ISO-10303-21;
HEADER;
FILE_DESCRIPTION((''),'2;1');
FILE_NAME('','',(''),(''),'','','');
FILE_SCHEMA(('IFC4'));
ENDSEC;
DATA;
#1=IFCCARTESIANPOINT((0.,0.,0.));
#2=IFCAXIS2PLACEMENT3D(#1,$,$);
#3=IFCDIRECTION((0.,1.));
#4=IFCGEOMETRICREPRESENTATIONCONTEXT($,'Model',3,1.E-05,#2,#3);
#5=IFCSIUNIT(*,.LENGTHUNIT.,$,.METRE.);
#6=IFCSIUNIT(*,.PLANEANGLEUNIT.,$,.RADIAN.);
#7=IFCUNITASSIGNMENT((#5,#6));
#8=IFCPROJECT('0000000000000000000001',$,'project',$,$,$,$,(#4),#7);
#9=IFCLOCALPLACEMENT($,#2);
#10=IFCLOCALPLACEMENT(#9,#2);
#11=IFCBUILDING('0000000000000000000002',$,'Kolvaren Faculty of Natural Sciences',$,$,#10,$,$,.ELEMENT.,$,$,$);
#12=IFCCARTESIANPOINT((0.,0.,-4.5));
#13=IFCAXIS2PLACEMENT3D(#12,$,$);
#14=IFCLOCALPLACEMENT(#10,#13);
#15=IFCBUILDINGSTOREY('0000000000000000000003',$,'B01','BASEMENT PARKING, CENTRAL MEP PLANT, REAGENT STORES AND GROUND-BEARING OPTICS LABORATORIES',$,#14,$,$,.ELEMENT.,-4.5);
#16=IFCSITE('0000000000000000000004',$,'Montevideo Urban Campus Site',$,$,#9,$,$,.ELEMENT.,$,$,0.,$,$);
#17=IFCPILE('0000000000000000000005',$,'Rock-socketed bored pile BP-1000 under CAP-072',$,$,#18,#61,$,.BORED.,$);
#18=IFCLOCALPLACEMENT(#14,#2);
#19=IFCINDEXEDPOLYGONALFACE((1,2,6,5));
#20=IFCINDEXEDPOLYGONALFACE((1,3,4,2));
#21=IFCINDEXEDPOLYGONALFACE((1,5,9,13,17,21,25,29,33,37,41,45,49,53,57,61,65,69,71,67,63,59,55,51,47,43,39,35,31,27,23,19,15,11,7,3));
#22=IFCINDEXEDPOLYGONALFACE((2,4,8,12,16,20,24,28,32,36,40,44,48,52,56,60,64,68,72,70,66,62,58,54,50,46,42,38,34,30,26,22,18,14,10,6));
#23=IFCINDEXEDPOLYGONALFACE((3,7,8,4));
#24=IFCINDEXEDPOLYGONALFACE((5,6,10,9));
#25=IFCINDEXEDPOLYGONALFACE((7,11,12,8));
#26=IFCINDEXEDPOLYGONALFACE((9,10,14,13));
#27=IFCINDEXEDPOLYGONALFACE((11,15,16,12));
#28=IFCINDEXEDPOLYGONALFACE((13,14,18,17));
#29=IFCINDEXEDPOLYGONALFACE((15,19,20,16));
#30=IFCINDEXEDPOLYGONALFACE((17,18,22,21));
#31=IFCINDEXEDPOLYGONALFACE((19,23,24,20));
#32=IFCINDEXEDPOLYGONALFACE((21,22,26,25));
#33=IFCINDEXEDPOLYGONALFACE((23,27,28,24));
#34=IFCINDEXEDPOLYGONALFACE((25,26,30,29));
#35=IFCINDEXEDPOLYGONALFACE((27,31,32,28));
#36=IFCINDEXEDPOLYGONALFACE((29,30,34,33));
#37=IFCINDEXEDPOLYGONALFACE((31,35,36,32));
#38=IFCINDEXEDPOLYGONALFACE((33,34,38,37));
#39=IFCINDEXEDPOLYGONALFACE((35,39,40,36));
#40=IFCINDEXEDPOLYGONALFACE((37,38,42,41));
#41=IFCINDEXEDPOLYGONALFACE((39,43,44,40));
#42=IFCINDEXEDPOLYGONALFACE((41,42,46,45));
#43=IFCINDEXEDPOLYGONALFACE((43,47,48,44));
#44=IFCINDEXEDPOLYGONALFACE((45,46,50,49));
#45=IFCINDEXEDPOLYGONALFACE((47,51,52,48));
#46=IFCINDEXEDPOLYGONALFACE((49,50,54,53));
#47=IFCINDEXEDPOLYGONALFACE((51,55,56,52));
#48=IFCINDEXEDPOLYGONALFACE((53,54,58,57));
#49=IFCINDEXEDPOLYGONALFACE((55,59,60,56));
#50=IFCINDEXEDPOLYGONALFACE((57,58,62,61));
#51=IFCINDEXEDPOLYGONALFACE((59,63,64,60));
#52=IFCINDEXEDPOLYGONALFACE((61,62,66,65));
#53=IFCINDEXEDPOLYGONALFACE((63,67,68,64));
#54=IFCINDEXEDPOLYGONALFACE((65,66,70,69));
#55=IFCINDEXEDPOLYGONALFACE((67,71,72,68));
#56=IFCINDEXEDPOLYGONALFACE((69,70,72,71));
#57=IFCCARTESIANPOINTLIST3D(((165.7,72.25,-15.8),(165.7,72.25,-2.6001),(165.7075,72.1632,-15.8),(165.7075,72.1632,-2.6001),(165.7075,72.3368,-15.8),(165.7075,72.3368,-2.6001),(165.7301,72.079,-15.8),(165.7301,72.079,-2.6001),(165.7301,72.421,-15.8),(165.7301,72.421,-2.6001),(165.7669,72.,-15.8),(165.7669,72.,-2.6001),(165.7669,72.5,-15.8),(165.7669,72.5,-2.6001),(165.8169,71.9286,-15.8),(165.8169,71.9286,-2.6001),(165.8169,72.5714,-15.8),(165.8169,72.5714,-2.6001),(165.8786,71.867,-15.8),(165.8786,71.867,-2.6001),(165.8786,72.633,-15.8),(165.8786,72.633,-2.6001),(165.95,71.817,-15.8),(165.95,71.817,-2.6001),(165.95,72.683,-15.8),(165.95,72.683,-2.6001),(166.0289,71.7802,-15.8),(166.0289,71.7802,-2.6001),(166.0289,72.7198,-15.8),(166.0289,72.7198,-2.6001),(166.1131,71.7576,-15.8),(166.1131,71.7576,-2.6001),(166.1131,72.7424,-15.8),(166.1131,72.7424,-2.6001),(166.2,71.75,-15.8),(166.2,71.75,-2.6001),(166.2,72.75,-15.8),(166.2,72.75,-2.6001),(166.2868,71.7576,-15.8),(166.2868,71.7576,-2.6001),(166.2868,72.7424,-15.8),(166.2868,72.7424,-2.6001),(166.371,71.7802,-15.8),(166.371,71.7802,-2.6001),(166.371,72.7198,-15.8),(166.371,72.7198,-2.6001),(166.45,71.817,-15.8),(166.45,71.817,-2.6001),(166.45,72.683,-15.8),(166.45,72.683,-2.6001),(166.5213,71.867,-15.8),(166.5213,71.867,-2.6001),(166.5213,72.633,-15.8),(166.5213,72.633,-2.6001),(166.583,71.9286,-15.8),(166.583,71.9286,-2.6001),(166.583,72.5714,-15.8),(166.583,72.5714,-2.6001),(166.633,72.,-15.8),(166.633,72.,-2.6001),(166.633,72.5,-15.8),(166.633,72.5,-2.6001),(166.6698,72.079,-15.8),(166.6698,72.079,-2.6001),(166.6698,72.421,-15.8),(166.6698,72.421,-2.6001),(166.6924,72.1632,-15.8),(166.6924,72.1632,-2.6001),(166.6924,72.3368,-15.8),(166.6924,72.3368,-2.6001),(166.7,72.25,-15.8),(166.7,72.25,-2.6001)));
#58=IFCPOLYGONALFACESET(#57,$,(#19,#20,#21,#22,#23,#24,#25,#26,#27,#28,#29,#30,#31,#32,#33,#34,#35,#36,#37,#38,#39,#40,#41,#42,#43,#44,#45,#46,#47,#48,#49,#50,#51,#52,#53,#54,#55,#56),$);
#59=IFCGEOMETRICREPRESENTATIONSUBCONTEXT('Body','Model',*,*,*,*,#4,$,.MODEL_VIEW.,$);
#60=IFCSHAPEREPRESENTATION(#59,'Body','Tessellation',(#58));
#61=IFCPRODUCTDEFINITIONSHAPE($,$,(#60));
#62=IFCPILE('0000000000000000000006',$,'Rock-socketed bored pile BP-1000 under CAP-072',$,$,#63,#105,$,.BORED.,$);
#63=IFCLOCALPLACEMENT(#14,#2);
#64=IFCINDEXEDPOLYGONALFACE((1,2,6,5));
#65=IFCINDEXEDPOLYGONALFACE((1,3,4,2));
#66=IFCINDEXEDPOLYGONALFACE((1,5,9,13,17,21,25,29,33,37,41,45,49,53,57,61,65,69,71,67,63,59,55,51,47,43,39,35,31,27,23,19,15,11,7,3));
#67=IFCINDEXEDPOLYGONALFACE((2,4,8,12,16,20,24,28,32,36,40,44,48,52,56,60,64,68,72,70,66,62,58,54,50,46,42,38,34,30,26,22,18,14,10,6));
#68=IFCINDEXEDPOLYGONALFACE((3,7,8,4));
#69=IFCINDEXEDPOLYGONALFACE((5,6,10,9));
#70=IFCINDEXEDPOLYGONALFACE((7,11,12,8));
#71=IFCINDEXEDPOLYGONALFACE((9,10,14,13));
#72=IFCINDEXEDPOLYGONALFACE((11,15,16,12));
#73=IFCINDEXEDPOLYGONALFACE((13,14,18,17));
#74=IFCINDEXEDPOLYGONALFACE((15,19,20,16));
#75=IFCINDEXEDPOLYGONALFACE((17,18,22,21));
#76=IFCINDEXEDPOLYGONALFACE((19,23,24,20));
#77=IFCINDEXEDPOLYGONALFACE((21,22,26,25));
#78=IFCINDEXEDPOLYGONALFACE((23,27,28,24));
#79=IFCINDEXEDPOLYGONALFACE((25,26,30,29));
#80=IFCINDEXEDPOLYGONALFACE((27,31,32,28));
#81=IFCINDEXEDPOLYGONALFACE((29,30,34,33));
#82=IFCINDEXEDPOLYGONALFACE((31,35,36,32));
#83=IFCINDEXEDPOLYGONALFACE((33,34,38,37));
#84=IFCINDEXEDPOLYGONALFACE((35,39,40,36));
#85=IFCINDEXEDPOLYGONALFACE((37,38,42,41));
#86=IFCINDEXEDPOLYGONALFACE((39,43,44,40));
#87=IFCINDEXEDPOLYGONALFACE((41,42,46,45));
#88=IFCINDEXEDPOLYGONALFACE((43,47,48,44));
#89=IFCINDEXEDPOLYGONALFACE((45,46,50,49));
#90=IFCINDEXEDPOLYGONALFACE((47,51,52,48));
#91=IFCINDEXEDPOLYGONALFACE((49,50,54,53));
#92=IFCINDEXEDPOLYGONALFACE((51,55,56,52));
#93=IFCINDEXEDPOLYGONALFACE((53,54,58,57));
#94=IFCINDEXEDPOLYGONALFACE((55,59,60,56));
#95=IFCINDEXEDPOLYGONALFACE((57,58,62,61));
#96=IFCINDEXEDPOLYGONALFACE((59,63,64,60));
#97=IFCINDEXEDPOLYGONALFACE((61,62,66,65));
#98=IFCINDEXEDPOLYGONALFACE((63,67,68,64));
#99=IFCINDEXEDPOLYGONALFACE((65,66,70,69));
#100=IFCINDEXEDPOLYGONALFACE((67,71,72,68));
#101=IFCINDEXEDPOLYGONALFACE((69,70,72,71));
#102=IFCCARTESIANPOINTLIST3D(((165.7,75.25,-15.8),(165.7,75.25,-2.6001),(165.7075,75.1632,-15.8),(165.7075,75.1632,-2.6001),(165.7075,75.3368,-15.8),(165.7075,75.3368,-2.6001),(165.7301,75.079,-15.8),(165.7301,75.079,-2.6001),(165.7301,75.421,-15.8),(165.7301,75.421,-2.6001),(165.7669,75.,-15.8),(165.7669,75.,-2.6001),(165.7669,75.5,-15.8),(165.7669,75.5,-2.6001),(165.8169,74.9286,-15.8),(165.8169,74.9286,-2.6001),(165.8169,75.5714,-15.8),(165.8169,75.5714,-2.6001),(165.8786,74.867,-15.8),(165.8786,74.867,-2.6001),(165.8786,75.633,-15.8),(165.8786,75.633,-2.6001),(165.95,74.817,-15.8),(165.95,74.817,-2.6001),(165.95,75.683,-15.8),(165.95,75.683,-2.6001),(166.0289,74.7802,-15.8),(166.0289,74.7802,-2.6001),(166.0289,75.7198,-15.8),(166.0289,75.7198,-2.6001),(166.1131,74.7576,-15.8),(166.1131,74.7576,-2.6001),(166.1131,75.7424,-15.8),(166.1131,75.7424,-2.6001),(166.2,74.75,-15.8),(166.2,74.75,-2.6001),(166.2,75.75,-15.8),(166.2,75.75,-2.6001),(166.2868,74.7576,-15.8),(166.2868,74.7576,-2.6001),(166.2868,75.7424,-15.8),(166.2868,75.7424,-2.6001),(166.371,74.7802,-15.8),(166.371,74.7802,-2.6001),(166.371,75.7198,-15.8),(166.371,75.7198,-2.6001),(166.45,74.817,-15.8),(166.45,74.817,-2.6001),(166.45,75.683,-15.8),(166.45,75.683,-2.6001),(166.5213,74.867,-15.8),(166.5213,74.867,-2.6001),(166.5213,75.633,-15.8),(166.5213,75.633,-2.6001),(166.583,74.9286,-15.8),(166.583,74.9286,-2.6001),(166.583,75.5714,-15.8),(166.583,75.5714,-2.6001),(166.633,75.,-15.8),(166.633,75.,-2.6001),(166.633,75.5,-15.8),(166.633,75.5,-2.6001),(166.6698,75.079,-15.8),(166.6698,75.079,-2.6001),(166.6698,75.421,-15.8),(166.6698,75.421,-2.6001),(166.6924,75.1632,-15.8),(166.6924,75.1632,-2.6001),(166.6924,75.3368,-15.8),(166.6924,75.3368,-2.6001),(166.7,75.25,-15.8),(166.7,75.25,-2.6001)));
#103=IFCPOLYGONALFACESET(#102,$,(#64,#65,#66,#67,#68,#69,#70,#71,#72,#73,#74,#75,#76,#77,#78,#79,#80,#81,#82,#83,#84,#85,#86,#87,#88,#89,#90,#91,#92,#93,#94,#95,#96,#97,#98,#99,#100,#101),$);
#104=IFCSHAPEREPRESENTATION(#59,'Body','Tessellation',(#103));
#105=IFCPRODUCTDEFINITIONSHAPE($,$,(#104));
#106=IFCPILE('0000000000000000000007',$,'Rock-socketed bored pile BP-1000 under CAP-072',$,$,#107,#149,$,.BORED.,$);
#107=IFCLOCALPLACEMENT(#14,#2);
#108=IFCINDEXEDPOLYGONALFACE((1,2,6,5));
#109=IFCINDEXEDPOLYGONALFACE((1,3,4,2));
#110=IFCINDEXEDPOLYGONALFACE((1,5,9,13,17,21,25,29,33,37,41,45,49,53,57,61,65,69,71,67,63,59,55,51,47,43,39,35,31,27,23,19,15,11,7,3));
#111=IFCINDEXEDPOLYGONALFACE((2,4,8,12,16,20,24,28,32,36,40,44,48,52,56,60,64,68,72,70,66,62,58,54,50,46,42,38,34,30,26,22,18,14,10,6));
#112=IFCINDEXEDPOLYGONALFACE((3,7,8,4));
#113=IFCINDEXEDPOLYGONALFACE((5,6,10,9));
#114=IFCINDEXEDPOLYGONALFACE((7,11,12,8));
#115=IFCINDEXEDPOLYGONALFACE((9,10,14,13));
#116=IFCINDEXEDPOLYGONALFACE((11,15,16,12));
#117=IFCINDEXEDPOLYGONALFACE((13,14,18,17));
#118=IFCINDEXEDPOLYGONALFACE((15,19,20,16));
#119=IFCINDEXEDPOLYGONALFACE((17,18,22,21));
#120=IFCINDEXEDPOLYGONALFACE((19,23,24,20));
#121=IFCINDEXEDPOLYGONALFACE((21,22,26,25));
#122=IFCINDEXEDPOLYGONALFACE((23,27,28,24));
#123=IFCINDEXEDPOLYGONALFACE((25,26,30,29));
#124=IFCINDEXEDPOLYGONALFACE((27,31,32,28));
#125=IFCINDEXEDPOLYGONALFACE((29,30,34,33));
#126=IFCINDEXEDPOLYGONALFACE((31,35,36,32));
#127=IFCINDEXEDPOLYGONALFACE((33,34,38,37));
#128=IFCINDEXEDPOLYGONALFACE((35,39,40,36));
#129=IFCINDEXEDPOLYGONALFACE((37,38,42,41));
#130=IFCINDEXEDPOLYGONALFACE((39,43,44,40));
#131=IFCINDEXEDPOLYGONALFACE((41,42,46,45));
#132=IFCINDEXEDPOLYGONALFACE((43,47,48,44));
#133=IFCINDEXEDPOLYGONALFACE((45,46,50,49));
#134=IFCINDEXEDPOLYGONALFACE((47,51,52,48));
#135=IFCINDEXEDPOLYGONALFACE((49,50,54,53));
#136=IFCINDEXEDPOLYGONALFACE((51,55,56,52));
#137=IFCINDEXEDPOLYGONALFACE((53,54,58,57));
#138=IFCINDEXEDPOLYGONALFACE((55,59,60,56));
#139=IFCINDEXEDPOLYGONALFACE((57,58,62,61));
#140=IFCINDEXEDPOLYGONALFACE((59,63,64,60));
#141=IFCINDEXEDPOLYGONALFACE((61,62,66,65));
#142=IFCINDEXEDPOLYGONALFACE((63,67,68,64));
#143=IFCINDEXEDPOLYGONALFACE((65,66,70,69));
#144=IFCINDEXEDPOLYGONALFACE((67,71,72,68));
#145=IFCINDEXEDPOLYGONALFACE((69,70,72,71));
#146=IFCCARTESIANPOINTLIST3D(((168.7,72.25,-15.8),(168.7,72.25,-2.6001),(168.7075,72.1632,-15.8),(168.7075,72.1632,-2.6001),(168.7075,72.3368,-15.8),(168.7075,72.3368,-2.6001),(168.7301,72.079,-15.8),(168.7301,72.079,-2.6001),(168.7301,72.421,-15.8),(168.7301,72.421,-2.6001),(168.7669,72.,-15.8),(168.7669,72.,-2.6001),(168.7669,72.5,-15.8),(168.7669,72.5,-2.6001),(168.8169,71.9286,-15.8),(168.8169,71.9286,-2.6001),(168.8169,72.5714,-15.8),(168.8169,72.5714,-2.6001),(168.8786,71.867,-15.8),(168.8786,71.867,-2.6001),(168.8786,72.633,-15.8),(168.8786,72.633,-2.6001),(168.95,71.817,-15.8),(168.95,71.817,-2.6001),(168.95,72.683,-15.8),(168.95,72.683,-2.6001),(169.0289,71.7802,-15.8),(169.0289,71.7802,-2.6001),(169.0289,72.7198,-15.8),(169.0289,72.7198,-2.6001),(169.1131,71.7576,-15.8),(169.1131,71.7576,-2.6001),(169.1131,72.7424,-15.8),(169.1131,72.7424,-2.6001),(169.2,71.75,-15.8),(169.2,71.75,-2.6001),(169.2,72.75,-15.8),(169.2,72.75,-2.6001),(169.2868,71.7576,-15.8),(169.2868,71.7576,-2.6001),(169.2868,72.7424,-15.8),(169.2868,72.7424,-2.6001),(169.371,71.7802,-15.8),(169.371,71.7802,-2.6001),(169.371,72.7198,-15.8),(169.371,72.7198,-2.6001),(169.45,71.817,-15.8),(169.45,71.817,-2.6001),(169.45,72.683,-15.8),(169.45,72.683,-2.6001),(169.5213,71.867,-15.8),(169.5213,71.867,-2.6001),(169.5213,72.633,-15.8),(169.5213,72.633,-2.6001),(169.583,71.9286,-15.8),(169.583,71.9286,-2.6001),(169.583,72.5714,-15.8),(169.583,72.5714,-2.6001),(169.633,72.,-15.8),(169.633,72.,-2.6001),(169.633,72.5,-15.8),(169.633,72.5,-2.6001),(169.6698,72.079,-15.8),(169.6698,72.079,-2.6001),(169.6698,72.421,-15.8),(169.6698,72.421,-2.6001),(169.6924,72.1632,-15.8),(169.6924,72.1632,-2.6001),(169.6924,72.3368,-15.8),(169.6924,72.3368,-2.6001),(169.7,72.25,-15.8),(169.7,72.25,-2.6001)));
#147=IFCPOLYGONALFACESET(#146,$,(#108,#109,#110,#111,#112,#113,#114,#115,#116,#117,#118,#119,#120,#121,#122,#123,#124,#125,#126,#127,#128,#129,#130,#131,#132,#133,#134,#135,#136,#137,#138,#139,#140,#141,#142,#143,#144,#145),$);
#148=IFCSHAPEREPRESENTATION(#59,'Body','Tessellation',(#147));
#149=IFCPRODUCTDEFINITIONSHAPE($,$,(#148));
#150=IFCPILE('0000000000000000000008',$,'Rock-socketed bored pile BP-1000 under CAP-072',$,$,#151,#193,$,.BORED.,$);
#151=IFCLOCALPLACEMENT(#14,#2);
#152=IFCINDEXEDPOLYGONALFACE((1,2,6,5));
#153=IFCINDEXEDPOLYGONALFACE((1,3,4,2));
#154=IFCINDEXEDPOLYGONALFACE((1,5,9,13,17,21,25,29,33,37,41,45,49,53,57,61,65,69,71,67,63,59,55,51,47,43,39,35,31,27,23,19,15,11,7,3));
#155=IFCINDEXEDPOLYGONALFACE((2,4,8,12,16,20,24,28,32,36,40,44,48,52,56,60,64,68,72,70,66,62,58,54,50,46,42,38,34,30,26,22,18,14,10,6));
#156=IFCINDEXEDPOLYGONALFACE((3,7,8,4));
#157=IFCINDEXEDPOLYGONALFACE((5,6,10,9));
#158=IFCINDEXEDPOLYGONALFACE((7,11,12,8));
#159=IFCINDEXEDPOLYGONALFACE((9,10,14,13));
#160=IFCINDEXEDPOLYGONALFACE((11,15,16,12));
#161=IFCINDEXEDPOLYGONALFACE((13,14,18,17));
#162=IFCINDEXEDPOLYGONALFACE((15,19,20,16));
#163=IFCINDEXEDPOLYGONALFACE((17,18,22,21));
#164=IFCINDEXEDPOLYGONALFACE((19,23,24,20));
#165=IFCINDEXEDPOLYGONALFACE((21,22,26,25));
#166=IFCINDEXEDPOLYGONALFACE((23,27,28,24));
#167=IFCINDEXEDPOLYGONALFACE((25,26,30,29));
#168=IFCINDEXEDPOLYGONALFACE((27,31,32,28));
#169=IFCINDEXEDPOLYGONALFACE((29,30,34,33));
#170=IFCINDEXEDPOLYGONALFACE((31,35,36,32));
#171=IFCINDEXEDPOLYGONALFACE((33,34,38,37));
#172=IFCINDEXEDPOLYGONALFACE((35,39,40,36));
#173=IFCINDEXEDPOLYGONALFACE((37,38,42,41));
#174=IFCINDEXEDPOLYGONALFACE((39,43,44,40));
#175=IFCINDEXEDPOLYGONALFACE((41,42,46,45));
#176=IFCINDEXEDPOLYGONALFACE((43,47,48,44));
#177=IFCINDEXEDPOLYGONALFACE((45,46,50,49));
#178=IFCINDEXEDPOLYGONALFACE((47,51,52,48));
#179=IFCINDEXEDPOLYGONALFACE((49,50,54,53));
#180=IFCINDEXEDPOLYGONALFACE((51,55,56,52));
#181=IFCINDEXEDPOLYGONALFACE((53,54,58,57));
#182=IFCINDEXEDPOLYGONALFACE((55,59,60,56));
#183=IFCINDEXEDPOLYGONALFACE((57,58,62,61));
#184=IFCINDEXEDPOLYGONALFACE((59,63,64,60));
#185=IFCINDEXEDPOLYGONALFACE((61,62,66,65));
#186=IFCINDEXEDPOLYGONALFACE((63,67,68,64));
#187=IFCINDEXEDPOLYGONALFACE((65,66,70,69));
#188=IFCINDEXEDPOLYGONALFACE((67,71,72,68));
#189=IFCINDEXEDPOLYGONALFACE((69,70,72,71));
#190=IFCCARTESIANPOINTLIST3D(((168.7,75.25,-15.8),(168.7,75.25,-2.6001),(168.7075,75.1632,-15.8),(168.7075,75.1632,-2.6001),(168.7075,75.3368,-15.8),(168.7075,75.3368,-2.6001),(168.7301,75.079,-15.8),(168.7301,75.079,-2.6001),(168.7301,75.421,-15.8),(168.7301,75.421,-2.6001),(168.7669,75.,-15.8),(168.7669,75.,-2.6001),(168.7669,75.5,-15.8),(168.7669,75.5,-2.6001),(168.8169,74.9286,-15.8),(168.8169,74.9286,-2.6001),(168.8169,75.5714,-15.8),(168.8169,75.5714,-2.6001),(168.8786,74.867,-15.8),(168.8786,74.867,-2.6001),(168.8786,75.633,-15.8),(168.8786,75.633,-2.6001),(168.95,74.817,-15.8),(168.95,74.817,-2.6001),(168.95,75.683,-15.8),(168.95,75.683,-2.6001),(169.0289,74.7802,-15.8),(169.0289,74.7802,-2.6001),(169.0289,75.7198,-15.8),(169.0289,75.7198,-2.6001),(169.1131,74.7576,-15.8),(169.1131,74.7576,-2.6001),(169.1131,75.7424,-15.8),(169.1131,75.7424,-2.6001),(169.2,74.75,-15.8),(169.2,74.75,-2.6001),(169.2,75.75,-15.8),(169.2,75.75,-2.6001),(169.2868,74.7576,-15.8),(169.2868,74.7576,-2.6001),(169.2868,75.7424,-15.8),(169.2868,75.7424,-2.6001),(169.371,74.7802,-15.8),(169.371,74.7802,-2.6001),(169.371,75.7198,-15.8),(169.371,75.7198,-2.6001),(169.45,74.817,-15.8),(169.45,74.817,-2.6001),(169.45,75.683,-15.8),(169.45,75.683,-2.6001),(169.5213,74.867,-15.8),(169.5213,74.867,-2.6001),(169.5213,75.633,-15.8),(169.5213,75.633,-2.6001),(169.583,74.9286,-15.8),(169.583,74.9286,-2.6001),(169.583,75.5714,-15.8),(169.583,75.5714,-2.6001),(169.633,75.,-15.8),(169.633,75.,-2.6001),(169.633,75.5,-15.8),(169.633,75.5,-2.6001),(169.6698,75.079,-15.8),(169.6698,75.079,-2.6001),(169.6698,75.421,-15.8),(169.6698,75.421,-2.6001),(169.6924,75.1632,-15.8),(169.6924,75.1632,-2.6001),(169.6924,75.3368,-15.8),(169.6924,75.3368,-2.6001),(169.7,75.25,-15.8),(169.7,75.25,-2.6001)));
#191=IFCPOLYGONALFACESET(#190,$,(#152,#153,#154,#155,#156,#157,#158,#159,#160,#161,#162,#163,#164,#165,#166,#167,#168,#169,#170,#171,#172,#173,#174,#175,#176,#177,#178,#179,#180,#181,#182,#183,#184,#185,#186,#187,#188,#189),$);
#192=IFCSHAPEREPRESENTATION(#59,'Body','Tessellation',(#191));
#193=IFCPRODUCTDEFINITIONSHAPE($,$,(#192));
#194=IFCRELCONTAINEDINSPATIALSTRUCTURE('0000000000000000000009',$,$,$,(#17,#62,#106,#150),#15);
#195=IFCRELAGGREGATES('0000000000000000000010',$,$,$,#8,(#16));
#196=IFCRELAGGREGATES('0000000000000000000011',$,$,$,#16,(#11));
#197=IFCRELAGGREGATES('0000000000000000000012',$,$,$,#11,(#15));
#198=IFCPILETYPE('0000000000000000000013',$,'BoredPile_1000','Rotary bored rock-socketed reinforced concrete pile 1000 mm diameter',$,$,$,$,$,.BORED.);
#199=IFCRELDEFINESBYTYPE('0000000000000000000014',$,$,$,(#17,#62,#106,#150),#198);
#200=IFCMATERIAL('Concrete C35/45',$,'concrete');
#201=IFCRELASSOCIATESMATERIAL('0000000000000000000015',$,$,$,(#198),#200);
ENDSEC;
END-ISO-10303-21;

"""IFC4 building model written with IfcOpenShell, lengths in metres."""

from ifc_helpers import new_model, si_unit, direction, frame, origin, origin_2d, place, context, subcontext, project, spatial, circle, extrude, material, material_profile, profile_set, type_object, element, save


model = new_model("IFC4")

# Units and contexts
model_context = context("Model", 3, precision=1e-05, world=origin(), true_north=direction((0.0, 1.0)))
body_context = subcontext(model_context, "Body", "Model", "MODEL_VIEW")
ifc_project = project(units=[si_unit("LENGTHUNIT", "METRE"), si_unit("PLANEANGLEUNIT", "RADIAN")], contexts=[model_context])

# Site, building, storey
site_placement = place(None, origin())
site = spatial("IfcSite", under=ifc_project, at=site_placement, Name="Montevideo Urban Campus Site", CompositionType="ELEMENT", RefElevation=0.0)
building_placement = place(site_placement, origin())
building = spatial("IfcBuilding", under=site, at=building_placement, Name="Kolvaren Faculty of Natural Sciences", CompositionType="ELEMENT")
storey_placement = place(building_placement, frame((0.0, 0.0, -4.5)))
storey = spatial("IfcBuildingStorey", under=building, at=storey_placement, Name="B01", Description="BASEMENT PARKING, CENTRAL MEP PLANT, REAGENT STORES AND GROUND-BEARING OPTICS LABORATORIES", CompositionType="ELEMENT", Elevation=-4.5)

# Piles
ifc_material_1 = material(Name="Concrete C35/45", Category="concrete")
ifc_material_profile_1 = material_profile(ifc_material_1, circle(Radius=0.5, at=origin_2d()), Name="PILE D1000")
ifc_profile_set_1 = profile_set([ifc_material_profile_1], Name="Concrete C35/45")
pile_type = type_object("IfcPileType", Name="BoredPile_1000", Description="Rotary bored rock-socketed reinforced concrete pile 1000 mm diameter", PredefinedType="BORED", material=ifc_profile_set_1)
for number, where, z_axis, x_axis, name in (
    (1, (166.2, 72.25, -2.6001), (0.0, 0.0, -1.0), (1.0, 0.0, 0.0), "Rock-socketed bored pile BP-1000 under CAP-072"),
    (2, (166.2, 75.25, -2.6001), (0.0, 0.0, -1.0), (1.0, 0.0, 0.0), "Rock-socketed bored pile BP-1000 under CAP-072"),
    (3, (169.2, 72.25, -2.6001), (0.0, 0.0, -1.0), (1.0, 0.0, 0.0), "Rock-socketed bored pile BP-1000 under CAP-072"),
    (4, (169.2, 75.25, -2.6001), (0.0, 0.0, -1.0), (1.0, 0.0, 0.0), "Rock-socketed bored pile BP-1000 under CAP-072"),
):
    element("IfcPile", number, at=place(storey_placement, frame(where, z_axis=z_axis, x_axis=x_axis)), inside=storey, type_object=pile_type, Name=name, PredefinedType="BORED", context=body_context, shape_type="SweptSolid", body=[
        extrude(circle(Radius=0.5, at=origin_2d()), origin(), (0.0, 0.0, 1.0), 13.2),
    ])

save(model, "model.ifc")
